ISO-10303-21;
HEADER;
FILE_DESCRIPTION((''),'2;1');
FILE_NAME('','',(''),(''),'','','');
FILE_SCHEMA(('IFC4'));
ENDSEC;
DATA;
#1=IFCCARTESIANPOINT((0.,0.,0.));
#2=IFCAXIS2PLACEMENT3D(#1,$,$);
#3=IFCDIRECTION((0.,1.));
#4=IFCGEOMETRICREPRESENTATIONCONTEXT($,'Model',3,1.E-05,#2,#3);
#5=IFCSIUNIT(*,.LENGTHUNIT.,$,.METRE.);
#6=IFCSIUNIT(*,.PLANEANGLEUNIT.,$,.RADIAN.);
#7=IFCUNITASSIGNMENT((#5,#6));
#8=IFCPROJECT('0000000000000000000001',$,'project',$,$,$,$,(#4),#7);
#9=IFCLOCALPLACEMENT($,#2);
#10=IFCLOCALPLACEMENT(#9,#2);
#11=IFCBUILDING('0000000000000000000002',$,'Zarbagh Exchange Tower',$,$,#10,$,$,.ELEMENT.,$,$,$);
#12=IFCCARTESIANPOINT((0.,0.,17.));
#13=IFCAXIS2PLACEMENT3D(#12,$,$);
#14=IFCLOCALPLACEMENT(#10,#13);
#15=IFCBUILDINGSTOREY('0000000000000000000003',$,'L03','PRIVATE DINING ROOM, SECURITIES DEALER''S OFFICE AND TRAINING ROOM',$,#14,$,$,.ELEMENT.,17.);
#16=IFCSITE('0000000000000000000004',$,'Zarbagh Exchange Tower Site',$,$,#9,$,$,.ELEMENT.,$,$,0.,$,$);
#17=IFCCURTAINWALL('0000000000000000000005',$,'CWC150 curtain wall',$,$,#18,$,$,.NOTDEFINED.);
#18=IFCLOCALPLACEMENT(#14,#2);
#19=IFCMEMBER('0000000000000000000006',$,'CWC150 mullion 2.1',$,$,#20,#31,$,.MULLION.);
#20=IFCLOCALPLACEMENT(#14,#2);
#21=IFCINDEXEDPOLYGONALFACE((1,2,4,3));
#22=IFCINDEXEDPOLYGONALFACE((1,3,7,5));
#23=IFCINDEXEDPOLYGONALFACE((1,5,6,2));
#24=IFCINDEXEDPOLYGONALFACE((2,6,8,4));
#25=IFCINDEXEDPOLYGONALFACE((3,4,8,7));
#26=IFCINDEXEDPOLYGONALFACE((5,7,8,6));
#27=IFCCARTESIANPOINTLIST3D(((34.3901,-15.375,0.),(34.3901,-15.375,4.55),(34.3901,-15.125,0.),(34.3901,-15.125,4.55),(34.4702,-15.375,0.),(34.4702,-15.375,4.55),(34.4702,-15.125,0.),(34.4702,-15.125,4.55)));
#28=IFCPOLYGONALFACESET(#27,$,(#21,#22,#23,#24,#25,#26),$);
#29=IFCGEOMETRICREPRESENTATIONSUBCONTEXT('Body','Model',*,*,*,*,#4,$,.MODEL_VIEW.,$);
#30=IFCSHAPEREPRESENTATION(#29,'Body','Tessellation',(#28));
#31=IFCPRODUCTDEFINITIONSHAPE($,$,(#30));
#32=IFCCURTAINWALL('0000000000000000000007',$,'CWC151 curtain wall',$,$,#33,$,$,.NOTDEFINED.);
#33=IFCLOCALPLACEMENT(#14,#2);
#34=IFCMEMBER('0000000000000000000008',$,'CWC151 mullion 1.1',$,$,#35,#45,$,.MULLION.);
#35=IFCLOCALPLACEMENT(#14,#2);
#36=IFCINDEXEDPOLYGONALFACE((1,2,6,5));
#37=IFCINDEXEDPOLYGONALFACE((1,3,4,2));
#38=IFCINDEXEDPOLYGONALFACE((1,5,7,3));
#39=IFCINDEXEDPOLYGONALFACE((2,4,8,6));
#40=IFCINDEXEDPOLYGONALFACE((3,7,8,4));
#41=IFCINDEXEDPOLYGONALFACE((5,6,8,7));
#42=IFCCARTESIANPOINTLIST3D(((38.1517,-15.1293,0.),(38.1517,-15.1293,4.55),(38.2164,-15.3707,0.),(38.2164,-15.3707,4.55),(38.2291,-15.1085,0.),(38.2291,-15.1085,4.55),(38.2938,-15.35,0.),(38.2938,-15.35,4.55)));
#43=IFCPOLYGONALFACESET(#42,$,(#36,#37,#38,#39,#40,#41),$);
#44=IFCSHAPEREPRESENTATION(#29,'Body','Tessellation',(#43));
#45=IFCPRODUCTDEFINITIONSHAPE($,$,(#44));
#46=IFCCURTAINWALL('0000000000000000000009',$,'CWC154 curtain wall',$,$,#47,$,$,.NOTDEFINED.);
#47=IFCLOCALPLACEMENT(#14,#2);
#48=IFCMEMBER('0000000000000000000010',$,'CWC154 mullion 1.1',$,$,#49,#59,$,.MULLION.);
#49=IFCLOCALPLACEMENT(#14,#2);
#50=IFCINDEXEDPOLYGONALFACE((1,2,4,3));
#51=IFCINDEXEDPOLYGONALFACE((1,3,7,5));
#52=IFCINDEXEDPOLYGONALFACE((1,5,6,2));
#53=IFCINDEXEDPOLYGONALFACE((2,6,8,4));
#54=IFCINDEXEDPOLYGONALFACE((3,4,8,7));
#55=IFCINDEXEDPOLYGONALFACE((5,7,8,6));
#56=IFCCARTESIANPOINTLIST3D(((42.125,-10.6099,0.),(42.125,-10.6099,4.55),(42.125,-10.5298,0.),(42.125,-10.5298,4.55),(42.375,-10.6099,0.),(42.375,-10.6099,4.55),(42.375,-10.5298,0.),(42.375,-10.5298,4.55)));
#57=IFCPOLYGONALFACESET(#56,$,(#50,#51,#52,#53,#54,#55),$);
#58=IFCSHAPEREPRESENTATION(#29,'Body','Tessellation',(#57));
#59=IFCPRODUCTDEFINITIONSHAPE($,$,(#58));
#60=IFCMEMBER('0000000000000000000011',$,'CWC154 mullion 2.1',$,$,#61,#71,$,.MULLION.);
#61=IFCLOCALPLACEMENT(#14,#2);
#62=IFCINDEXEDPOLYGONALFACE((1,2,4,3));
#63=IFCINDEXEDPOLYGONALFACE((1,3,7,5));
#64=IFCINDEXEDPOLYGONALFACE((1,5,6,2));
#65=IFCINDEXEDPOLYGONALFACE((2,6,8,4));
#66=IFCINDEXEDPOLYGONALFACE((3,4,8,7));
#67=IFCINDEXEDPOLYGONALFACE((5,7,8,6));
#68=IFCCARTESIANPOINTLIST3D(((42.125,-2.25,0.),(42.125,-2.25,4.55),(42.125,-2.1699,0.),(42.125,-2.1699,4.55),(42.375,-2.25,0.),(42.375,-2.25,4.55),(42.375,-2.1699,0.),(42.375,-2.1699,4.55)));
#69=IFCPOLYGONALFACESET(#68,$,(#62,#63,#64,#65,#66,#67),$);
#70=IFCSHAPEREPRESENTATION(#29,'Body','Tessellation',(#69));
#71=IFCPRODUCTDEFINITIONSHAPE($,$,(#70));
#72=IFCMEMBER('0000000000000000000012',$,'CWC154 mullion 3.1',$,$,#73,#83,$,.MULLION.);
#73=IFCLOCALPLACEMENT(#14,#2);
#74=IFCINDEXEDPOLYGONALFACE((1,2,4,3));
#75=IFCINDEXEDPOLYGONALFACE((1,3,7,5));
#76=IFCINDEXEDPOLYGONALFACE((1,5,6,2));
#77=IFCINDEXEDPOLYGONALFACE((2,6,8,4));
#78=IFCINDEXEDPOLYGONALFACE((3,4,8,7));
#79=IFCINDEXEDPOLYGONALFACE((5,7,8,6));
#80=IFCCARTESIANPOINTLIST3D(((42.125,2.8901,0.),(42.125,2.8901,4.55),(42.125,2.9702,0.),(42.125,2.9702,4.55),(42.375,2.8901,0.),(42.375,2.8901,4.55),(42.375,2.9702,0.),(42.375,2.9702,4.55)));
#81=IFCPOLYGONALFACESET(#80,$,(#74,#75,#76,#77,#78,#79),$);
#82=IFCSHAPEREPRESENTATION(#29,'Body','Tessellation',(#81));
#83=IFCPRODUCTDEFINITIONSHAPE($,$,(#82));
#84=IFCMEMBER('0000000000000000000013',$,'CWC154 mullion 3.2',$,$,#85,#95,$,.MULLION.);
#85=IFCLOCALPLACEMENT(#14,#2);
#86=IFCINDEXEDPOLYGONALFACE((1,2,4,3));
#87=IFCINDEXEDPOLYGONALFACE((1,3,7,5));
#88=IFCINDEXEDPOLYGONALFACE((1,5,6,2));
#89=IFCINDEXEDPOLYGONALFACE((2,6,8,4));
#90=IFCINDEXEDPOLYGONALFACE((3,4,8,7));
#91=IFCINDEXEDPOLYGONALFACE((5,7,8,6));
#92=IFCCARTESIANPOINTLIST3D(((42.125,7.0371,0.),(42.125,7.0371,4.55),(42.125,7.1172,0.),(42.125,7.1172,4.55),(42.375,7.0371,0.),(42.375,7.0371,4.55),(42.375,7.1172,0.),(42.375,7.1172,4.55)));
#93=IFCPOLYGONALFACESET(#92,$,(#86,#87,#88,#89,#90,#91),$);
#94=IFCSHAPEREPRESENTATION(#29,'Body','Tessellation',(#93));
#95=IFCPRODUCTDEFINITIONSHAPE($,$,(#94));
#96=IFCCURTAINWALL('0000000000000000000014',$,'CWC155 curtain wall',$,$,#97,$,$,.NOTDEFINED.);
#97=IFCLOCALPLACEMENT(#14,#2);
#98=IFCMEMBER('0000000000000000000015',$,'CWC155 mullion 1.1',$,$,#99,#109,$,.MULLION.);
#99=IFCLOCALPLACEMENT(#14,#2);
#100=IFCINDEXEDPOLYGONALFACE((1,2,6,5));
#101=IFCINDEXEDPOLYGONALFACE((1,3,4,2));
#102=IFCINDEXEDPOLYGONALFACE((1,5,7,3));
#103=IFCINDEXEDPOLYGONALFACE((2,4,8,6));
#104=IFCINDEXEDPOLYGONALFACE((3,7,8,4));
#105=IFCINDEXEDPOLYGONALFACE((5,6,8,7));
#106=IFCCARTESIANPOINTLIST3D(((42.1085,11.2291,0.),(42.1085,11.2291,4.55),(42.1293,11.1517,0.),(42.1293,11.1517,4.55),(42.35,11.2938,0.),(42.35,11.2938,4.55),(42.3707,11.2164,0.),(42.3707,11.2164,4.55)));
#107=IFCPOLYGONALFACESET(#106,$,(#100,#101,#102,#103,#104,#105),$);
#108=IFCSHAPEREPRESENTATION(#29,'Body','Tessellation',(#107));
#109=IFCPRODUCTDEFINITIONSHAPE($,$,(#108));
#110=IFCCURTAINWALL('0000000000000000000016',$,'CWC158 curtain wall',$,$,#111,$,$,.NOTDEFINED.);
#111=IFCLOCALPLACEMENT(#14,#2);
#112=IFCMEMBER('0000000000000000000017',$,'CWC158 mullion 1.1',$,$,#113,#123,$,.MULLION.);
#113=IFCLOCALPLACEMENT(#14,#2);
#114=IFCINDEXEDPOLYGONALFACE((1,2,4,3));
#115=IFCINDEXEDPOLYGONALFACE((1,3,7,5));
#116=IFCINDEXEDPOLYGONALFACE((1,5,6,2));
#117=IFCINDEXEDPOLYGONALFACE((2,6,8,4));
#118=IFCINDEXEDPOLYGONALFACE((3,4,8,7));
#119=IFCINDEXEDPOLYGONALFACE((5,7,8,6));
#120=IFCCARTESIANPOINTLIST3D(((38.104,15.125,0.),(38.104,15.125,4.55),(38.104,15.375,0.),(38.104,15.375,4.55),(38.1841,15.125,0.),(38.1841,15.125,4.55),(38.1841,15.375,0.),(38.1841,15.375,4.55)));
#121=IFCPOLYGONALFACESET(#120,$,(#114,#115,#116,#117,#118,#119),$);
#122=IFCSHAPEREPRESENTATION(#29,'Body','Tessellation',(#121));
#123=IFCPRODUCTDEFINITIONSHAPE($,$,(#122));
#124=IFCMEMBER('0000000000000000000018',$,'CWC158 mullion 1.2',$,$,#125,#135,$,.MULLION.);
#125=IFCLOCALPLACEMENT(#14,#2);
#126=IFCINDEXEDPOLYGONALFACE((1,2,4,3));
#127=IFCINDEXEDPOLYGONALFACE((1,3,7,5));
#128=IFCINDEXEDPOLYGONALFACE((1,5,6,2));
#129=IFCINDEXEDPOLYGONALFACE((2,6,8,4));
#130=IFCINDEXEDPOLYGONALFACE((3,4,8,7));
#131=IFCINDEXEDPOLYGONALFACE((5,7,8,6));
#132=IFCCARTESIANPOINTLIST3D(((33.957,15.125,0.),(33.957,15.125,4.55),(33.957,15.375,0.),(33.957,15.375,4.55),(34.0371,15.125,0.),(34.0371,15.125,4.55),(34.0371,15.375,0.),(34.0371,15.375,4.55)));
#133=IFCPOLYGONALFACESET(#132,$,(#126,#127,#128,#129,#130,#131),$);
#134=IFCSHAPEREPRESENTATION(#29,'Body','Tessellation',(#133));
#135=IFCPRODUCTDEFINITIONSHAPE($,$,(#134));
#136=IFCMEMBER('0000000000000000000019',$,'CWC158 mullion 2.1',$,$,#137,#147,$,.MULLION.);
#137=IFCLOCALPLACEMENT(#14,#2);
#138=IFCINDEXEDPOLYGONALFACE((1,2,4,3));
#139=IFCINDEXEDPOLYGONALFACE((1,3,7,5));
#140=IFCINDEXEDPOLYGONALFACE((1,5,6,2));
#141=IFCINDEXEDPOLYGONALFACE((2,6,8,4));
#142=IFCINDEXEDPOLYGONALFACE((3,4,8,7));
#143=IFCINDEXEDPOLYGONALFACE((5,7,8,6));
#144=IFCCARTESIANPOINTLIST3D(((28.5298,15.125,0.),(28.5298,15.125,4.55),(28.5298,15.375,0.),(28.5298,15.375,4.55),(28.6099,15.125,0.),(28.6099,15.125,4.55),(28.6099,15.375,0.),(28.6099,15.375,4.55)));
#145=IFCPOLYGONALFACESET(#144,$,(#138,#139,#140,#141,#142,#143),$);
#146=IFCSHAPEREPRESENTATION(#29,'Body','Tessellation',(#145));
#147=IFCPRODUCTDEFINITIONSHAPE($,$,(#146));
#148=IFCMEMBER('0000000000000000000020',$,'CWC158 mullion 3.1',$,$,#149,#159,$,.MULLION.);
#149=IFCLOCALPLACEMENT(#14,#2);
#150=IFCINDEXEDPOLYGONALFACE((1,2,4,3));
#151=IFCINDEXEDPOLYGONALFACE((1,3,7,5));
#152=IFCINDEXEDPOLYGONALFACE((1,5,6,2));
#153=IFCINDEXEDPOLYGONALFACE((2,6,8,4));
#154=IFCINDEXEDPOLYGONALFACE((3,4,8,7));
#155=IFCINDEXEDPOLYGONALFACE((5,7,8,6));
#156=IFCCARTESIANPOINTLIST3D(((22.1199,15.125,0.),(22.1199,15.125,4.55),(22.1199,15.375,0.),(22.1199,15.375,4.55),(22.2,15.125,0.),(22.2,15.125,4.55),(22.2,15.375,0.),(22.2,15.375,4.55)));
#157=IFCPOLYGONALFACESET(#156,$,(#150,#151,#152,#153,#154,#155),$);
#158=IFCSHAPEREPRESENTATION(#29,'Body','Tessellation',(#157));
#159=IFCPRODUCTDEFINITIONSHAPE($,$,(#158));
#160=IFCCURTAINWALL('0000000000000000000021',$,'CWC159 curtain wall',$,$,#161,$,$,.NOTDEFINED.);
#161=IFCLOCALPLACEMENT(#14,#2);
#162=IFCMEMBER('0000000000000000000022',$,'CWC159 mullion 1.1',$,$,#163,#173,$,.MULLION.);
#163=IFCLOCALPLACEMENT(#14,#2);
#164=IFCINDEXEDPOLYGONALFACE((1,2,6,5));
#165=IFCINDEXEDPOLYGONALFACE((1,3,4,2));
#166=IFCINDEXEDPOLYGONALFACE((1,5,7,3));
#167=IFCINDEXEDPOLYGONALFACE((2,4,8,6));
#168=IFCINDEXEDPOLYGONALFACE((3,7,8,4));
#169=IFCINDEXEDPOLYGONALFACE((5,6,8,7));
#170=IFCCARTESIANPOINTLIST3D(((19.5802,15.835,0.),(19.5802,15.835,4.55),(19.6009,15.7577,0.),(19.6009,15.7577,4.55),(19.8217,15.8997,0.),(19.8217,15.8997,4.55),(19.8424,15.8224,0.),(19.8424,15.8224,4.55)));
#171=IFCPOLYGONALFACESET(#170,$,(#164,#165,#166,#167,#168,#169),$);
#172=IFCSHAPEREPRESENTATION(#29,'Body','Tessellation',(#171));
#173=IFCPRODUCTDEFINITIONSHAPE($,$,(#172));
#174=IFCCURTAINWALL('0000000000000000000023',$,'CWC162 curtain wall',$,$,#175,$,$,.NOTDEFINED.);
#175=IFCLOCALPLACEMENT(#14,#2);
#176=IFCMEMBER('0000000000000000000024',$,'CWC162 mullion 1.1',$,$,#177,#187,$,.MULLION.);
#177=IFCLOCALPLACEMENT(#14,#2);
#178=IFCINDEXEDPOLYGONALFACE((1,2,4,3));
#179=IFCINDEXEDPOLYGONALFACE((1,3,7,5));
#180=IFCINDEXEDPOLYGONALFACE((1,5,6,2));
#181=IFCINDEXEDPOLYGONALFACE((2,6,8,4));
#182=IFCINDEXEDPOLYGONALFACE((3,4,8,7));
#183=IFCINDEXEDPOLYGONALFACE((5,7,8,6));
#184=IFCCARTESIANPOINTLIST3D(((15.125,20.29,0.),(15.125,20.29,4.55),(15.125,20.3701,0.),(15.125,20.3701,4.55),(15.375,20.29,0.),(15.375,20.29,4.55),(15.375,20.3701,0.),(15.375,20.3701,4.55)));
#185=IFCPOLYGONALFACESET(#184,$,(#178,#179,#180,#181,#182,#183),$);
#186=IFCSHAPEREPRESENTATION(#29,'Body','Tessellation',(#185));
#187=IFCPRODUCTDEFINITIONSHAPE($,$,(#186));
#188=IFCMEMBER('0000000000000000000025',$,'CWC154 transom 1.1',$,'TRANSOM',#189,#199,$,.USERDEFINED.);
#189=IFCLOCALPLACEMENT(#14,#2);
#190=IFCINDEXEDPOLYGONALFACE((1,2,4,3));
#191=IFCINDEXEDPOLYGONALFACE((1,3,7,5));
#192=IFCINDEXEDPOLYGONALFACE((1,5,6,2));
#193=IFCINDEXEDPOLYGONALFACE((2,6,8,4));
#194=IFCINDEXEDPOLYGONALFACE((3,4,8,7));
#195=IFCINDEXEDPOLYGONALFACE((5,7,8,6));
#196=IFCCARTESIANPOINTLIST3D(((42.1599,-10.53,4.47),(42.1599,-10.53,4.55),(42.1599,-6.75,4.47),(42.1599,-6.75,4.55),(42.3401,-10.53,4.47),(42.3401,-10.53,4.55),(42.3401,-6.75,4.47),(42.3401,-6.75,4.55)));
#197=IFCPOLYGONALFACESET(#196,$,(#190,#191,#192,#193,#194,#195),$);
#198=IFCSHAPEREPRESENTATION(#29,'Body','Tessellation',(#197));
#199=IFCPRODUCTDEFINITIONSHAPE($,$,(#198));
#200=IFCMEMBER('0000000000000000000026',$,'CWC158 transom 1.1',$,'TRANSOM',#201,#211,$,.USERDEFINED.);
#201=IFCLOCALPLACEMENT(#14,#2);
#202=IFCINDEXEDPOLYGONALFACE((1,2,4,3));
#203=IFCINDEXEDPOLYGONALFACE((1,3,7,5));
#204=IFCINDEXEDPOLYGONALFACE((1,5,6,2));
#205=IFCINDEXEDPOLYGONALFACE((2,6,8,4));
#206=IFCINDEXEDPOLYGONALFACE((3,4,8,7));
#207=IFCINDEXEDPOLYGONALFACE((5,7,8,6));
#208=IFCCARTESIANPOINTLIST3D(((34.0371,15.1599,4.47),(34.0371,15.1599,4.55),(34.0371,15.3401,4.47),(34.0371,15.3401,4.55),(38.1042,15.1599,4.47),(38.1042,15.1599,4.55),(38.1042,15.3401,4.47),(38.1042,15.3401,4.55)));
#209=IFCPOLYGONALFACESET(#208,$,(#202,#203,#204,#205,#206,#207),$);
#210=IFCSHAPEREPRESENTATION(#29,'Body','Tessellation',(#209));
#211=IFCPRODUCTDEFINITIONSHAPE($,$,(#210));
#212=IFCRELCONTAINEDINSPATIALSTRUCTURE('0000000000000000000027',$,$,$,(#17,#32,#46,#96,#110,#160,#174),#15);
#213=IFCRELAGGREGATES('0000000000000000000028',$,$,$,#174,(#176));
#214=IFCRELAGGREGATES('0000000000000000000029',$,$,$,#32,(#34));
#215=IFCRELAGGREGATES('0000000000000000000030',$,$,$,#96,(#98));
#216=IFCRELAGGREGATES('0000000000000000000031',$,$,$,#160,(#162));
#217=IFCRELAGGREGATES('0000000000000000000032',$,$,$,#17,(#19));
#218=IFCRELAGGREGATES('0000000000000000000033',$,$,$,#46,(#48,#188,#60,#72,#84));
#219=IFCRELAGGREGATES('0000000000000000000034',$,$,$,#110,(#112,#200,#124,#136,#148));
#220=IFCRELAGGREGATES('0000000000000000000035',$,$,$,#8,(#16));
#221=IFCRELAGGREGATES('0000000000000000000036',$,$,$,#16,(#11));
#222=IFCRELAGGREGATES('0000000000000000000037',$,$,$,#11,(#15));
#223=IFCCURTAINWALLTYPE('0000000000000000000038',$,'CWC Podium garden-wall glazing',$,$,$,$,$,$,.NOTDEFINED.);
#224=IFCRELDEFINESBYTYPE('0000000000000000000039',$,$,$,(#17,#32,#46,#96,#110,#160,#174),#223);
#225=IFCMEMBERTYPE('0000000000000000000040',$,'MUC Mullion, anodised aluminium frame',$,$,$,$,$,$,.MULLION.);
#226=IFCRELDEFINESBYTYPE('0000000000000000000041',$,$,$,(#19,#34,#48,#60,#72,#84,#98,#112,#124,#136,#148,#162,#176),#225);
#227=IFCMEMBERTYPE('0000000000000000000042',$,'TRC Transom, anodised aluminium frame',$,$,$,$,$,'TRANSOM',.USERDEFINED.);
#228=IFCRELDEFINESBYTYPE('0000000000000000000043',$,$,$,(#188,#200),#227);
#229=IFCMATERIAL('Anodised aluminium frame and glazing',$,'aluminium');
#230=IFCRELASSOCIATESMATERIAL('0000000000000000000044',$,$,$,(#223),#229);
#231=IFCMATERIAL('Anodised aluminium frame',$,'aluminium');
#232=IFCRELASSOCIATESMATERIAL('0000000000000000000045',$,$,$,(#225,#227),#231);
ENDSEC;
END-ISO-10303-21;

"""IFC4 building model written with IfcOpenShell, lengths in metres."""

from ifc_helpers import new_model, si_unit, direction, frame, origin, place, context, subcontext, project, spatial, polyline, outline, extrude, source, transform, mapped, material, type_object, element, aggregate, save


model = new_model("IFC4")

# Units and contexts
model_context = context("Model", 3, precision=1e-05, world=origin(), true_north=direction((0.0, 1.0)))
body_context = subcontext(model_context, "Body", "Model", "MODEL_VIEW")
ifc_project = project(units=[si_unit("LENGTHUNIT", "METRE"), si_unit("PLANEANGLEUNIT", "RADIAN")], contexts=[model_context])

# Site, building, storey
site_placement = place(None, origin())
site = spatial("IfcSite", under=ifc_project, at=site_placement, Name="Zarbagh Exchange Tower Site", CompositionType="ELEMENT", RefElevation=0.0)
building_placement = place(site_placement, origin())
building = spatial("IfcBuilding", under=site, at=building_placement, Name="Zarbagh Exchange Tower", CompositionType="ELEMENT")
storey_placement = place(building_placement, frame((0.0, 0.0, 17.0)))
storey = spatial("IfcBuildingStorey", under=building, at=storey_placement, Name="L03", Description="PRIVATE DINING ROOM, SECURITIES DEALER'S OFFICE AND TRAINING ROOM", CompositionType="ELEMENT", Elevation=17.0)

# Curtain walls, members
ifc_material_1 = material(Name="Anodised aluminium frame and glazing", Category="aluminium")
curtain_wall_type = type_object("IfcCurtainWallType", Name="CWC Podium garden-wall glazing", PredefinedType="NOTDEFINED", material=ifc_material_1)
curtain_wall_1_placement = place(storey_placement, origin())
curtain_wall_1 = element("IfcCurtainWall", 1, at=curtain_wall_1_placement, inside=storey, type_object=curtain_wall_type, Name="CWC150 curtain wall", PredefinedType="NOTDEFINED")
ifc_material_2 = material(Name="Anodised aluminium frame", Category="aluminium")
member_type_1 = type_object("IfcMemberType", Name="MUC Mullion, anodised aluminium frame", PredefinedType="MULLION", material=ifc_material_2)
shared_shape_1 = source(origin(), body_context, "Body", "SweptSolid", [
    extrude(outline(polyline([(0.0, -0.125), (0.0801, -0.125), (0.0801, 0.125), (0.0, 0.125), (0.0, -0.125)])), origin(), (0.0, 0.0, 1.0), 4.55),
])
placement = place(storey_placement, origin())
member_1 = element("IfcMember", 2, at=placement, type_object=member_type_1, Name="CWC150 mullion 2.1", PredefinedType="MULLION", context=body_context, shape_type="MappedRepresentation", body=[
    mapped(shared_shape_1, transform((34.3901, -15.25, 0.0), x_axis=(1.0, 0.0, 0.0), y_axis=(0.0, 1.0, 0.0), z_axis=(0.0, 0.0, 1.0))),
])
curtain_wall_2_placement = place(storey_placement, origin())
curtain_wall_2 = element("IfcCurtainWall", 3, at=curtain_wall_2_placement, inside=storey, type_object=curtain_wall_type, Name="CWC151 curtain wall", PredefinedType="NOTDEFINED")
member_2 = element("IfcMember", 4, at=placement, type_object=member_type_1, Name="CWC151 mullion 1.1", PredefinedType="MULLION", context=body_context, shape_type="MappedRepresentation", body=[
    mapped(shared_shape_1, transform((38.1841, -15.25, 0.0), x_axis=(0.965924, 0.258825, 0.0), y_axis=(-0.258825, 0.965924, 0.0), z_axis=(0.0, 0.0, 1.0))),
])

# Curtain wall, members
curtain_wall_3_placement = place(storey_placement, origin())
curtain_wall_3 = element("IfcCurtainWall", 5, at=curtain_wall_3_placement, inside=storey, type_object=curtain_wall_type, Name="CWC154 curtain wall", PredefinedType="NOTDEFINED")
member_3 = element("IfcMember", 6, at=placement, type_object=member_type_1, Name="CWC154 mullion 1.1", PredefinedType="MULLION", context=body_context, shape_type="MappedRepresentation", body=[
    mapped(shared_shape_1, transform((42.25, -10.6099, 0.0), x_axis=(0.0, 1.0, 0.0), y_axis=(-1.0, 0.0, 0.0), z_axis=(0.0, 0.0, 1.0))),
])
member_4 = element("IfcMember", 7, at=placement, type_object=member_type_1, Name="CWC154 mullion 2.1", PredefinedType="MULLION", context=body_context, shape_type="MappedRepresentation", body=[
    mapped(shared_shape_1, transform((42.25, -2.25, 0.0), x_axis=(0.0, 1.0, 0.0), y_axis=(-1.0, 0.0, 0.0), z_axis=(0.0, 0.0, 1.0))),
])
member_5 = element("IfcMember", 8, at=placement, type_object=member_type_1, Name="CWC154 mullion 3.1", PredefinedType="MULLION", context=body_context, shape_type="MappedRepresentation", body=[
    mapped(shared_shape_1, transform((42.25, 2.8901, 0.0), x_axis=(0.0, 1.0, 0.0), y_axis=(-1.0, 0.0, 0.0), z_axis=(0.0, 0.0, 1.0))),
])
member_6 = element("IfcMember", 9, at=placement, type_object=member_type_1, Name="CWC154 mullion 3.2", PredefinedType="MULLION", context=body_context, shape_type="MappedRepresentation", body=[
    mapped(shared_shape_1, transform((42.25, 7.0371, 0.0), x_axis=(0.0, 1.0, 0.0), y_axis=(-1.0, 0.0, 0.0), z_axis=(0.0, 0.0, 1.0))),
])

# Curtain wall, member
curtain_wall_4_placement = place(storey_placement, origin())
curtain_wall_4 = element("IfcCurtainWall", 10, at=curtain_wall_4_placement, inside=storey, type_object=curtain_wall_type, Name="CWC155 curtain wall", PredefinedType="NOTDEFINED")
member_7 = element("IfcMember", 11, at=placement, type_object=member_type_1, Name="CWC155 mullion 1.1", PredefinedType="MULLION", context=body_context, shape_type="MappedRepresentation", body=[
    mapped(shared_shape_1, transform((42.25, 11.1841, 0.0), x_axis=(-0.258825, 0.965924, 0.0), y_axis=(-0.965924, -0.258825, 0.0), z_axis=(0.0, 0.0, 1.0))),
])

# Curtain wall, members
curtain_wall_5_placement = place(storey_placement, origin())
curtain_wall_5 = element("IfcCurtainWall", 12, at=curtain_wall_5_placement, inside=storey, type_object=curtain_wall_type, Name="CWC158 curtain wall", PredefinedType="NOTDEFINED")
member_8 = element("IfcMember", 13, at=placement, type_object=member_type_1, Name="CWC158 mullion 1.1", PredefinedType="MULLION", context=body_context, shape_type="MappedRepresentation", body=[
    mapped(shared_shape_1, transform((38.1841, 15.25, 0.0), x_axis=(-1.0, 0.0, 0.0), y_axis=(0.0, -1.0, 0.0), z_axis=(0.0, 0.0, 1.0))),
])
member_9 = element("IfcMember", 14, at=placement, type_object=member_type_1, Name="CWC158 mullion 1.2", PredefinedType="MULLION", context=body_context, shape_type="MappedRepresentation", body=[
    mapped(shared_shape_1, transform((34.0371, 15.25, 0.0), x_axis=(-1.0, 0.0, 0.0), y_axis=(0.0, -1.0, 0.0), z_axis=(0.0, 0.0, 1.0))),
])
member_10 = element("IfcMember", 15, at=placement, type_object=member_type_1, Name="CWC158 mullion 2.1", PredefinedType="MULLION", context=body_context, shape_type="MappedRepresentation", body=[
    mapped(shared_shape_1, transform((28.6099, 15.25, 0.0), x_axis=(-1.0, 0.0, 0.0), y_axis=(0.0, -1.0, 0.0), z_axis=(0.0, 0.0, 1.0))),
])
member_11 = element("IfcMember", 16, at=placement, type_object=member_type_1, Name="CWC158 mullion 3.1", PredefinedType="MULLION", context=body_context, shape_type="MappedRepresentation", body=[
    mapped(shared_shape_1, transform((22.2, 15.25, 0.0), x_axis=(-1.0, 0.0, 0.0), y_axis=(0.0, -1.0, 0.0), z_axis=(0.0, 0.0, 1.0))),
])

# Curtain walls, members
curtain_wall_6_placement = place(storey_placement, origin())
curtain_wall_6 = element("IfcCurtainWall", 17, at=curtain_wall_6_placement, inside=storey, type_object=curtain_wall_type, Name="CWC159 curtain wall", PredefinedType="NOTDEFINED")
member_12 = element("IfcMember", 18, at=placement, type_object=member_type_1, Name="CWC159 mullion 1.1", PredefinedType="MULLION", context=body_context, shape_type="MappedRepresentation", body=[
    mapped(shared_shape_1, transform((19.7217, 15.79, 0.0), x_axis=(-0.258825, 0.965924, 0.0), y_axis=(-0.965924, -0.258825, 0.0), z_axis=(0.0, 0.0, 1.0))),
])
curtain_wall_7_placement = place(storey_placement, origin())
curtain_wall_7 = element("IfcCurtainWall", 19, at=curtain_wall_7_placement, inside=storey, type_object=curtain_wall_type, Name="CWC162 curtain wall", PredefinedType="NOTDEFINED")
member_13 = element("IfcMember", 20, at=placement, type_object=member_type_1, Name="CWC162 mullion 1.1", PredefinedType="MULLION", context=body_context, shape_type="MappedRepresentation", body=[
    mapped(shared_shape_1, transform((15.25, 20.29, 0.0), x_axis=(0.0, 1.0, 0.0), y_axis=(-1.0, 0.0, 0.0), z_axis=(0.0, 0.0, 1.0))),
])
aggregate(curtain_wall_7, [member_13])

# Members
member_type_2 = type_object("IfcMemberType", Name="TRC Transom, anodised aluminium frame", ElementType="TRANSOM", PredefinedType="USERDEFINED", material=ifc_material_2)
shared_shape_2 = source(origin(), body_context, "Body", "SweptSolid", [
    extrude(outline(polyline([(-0.0801, -0.0901), (0.0, -0.0901), (0.0, 0.0901), (-0.0801, 0.0901), (-0.0801, -0.0901)])), origin(), (0.0, 0.0, 1.0), 3.78),
])
member_14 = element("IfcMember", 21, at=placement, type_object=member_type_2, Name="CWC154 transom 1.1", ObjectType="TRANSOM", PredefinedType="USERDEFINED", context=body_context, shape_type="MappedRepresentation", body=[
    mapped(shared_shape_2, transform((42.25, -10.53, 4.55), x_axis=(0.0, 0.0, 1.0), y_axis=(1.0, 0.0, 0.0), z_axis=(0.0, 1.0, 0.0))),
])
shared_shape_3 = source(origin(), body_context, "Body", "SweptSolid", [
    extrude(outline(polyline([(-0.0801, -0.0901), (0.0, -0.0901), (0.0, 0.0901), (-0.0801, 0.0901), (-0.0801, -0.0901)])), origin(), (0.0, 0.0, 1.0), 4.0671),
])
member_15 = element("IfcMember", 22, at=placement, type_object=member_type_2, Name="CWC158 transom 1.1", ObjectType="TRANSOM", PredefinedType="USERDEFINED", context=body_context, shape_type="MappedRepresentation", body=[
    mapped(shared_shape_3, transform((38.1042, 15.25, 4.55), x_axis=(0.0, 0.0, 1.0), y_axis=(0.0, 1.0, 0.0), z_axis=(-1.0, 0.0, 0.0))),
])

aggregate(curtain_wall_2, [member_2])
aggregate(curtain_wall_4, [member_7])

aggregate(curtain_wall_6, [member_12])

aggregate(curtain_wall_1, [member_1])

aggregate(curtain_wall_3, [member_3, member_14, member_4, member_5, member_6])
aggregate(curtain_wall_5, [member_8, member_15, member_9, member_10, member_11])

save(model, "model.ifc")
